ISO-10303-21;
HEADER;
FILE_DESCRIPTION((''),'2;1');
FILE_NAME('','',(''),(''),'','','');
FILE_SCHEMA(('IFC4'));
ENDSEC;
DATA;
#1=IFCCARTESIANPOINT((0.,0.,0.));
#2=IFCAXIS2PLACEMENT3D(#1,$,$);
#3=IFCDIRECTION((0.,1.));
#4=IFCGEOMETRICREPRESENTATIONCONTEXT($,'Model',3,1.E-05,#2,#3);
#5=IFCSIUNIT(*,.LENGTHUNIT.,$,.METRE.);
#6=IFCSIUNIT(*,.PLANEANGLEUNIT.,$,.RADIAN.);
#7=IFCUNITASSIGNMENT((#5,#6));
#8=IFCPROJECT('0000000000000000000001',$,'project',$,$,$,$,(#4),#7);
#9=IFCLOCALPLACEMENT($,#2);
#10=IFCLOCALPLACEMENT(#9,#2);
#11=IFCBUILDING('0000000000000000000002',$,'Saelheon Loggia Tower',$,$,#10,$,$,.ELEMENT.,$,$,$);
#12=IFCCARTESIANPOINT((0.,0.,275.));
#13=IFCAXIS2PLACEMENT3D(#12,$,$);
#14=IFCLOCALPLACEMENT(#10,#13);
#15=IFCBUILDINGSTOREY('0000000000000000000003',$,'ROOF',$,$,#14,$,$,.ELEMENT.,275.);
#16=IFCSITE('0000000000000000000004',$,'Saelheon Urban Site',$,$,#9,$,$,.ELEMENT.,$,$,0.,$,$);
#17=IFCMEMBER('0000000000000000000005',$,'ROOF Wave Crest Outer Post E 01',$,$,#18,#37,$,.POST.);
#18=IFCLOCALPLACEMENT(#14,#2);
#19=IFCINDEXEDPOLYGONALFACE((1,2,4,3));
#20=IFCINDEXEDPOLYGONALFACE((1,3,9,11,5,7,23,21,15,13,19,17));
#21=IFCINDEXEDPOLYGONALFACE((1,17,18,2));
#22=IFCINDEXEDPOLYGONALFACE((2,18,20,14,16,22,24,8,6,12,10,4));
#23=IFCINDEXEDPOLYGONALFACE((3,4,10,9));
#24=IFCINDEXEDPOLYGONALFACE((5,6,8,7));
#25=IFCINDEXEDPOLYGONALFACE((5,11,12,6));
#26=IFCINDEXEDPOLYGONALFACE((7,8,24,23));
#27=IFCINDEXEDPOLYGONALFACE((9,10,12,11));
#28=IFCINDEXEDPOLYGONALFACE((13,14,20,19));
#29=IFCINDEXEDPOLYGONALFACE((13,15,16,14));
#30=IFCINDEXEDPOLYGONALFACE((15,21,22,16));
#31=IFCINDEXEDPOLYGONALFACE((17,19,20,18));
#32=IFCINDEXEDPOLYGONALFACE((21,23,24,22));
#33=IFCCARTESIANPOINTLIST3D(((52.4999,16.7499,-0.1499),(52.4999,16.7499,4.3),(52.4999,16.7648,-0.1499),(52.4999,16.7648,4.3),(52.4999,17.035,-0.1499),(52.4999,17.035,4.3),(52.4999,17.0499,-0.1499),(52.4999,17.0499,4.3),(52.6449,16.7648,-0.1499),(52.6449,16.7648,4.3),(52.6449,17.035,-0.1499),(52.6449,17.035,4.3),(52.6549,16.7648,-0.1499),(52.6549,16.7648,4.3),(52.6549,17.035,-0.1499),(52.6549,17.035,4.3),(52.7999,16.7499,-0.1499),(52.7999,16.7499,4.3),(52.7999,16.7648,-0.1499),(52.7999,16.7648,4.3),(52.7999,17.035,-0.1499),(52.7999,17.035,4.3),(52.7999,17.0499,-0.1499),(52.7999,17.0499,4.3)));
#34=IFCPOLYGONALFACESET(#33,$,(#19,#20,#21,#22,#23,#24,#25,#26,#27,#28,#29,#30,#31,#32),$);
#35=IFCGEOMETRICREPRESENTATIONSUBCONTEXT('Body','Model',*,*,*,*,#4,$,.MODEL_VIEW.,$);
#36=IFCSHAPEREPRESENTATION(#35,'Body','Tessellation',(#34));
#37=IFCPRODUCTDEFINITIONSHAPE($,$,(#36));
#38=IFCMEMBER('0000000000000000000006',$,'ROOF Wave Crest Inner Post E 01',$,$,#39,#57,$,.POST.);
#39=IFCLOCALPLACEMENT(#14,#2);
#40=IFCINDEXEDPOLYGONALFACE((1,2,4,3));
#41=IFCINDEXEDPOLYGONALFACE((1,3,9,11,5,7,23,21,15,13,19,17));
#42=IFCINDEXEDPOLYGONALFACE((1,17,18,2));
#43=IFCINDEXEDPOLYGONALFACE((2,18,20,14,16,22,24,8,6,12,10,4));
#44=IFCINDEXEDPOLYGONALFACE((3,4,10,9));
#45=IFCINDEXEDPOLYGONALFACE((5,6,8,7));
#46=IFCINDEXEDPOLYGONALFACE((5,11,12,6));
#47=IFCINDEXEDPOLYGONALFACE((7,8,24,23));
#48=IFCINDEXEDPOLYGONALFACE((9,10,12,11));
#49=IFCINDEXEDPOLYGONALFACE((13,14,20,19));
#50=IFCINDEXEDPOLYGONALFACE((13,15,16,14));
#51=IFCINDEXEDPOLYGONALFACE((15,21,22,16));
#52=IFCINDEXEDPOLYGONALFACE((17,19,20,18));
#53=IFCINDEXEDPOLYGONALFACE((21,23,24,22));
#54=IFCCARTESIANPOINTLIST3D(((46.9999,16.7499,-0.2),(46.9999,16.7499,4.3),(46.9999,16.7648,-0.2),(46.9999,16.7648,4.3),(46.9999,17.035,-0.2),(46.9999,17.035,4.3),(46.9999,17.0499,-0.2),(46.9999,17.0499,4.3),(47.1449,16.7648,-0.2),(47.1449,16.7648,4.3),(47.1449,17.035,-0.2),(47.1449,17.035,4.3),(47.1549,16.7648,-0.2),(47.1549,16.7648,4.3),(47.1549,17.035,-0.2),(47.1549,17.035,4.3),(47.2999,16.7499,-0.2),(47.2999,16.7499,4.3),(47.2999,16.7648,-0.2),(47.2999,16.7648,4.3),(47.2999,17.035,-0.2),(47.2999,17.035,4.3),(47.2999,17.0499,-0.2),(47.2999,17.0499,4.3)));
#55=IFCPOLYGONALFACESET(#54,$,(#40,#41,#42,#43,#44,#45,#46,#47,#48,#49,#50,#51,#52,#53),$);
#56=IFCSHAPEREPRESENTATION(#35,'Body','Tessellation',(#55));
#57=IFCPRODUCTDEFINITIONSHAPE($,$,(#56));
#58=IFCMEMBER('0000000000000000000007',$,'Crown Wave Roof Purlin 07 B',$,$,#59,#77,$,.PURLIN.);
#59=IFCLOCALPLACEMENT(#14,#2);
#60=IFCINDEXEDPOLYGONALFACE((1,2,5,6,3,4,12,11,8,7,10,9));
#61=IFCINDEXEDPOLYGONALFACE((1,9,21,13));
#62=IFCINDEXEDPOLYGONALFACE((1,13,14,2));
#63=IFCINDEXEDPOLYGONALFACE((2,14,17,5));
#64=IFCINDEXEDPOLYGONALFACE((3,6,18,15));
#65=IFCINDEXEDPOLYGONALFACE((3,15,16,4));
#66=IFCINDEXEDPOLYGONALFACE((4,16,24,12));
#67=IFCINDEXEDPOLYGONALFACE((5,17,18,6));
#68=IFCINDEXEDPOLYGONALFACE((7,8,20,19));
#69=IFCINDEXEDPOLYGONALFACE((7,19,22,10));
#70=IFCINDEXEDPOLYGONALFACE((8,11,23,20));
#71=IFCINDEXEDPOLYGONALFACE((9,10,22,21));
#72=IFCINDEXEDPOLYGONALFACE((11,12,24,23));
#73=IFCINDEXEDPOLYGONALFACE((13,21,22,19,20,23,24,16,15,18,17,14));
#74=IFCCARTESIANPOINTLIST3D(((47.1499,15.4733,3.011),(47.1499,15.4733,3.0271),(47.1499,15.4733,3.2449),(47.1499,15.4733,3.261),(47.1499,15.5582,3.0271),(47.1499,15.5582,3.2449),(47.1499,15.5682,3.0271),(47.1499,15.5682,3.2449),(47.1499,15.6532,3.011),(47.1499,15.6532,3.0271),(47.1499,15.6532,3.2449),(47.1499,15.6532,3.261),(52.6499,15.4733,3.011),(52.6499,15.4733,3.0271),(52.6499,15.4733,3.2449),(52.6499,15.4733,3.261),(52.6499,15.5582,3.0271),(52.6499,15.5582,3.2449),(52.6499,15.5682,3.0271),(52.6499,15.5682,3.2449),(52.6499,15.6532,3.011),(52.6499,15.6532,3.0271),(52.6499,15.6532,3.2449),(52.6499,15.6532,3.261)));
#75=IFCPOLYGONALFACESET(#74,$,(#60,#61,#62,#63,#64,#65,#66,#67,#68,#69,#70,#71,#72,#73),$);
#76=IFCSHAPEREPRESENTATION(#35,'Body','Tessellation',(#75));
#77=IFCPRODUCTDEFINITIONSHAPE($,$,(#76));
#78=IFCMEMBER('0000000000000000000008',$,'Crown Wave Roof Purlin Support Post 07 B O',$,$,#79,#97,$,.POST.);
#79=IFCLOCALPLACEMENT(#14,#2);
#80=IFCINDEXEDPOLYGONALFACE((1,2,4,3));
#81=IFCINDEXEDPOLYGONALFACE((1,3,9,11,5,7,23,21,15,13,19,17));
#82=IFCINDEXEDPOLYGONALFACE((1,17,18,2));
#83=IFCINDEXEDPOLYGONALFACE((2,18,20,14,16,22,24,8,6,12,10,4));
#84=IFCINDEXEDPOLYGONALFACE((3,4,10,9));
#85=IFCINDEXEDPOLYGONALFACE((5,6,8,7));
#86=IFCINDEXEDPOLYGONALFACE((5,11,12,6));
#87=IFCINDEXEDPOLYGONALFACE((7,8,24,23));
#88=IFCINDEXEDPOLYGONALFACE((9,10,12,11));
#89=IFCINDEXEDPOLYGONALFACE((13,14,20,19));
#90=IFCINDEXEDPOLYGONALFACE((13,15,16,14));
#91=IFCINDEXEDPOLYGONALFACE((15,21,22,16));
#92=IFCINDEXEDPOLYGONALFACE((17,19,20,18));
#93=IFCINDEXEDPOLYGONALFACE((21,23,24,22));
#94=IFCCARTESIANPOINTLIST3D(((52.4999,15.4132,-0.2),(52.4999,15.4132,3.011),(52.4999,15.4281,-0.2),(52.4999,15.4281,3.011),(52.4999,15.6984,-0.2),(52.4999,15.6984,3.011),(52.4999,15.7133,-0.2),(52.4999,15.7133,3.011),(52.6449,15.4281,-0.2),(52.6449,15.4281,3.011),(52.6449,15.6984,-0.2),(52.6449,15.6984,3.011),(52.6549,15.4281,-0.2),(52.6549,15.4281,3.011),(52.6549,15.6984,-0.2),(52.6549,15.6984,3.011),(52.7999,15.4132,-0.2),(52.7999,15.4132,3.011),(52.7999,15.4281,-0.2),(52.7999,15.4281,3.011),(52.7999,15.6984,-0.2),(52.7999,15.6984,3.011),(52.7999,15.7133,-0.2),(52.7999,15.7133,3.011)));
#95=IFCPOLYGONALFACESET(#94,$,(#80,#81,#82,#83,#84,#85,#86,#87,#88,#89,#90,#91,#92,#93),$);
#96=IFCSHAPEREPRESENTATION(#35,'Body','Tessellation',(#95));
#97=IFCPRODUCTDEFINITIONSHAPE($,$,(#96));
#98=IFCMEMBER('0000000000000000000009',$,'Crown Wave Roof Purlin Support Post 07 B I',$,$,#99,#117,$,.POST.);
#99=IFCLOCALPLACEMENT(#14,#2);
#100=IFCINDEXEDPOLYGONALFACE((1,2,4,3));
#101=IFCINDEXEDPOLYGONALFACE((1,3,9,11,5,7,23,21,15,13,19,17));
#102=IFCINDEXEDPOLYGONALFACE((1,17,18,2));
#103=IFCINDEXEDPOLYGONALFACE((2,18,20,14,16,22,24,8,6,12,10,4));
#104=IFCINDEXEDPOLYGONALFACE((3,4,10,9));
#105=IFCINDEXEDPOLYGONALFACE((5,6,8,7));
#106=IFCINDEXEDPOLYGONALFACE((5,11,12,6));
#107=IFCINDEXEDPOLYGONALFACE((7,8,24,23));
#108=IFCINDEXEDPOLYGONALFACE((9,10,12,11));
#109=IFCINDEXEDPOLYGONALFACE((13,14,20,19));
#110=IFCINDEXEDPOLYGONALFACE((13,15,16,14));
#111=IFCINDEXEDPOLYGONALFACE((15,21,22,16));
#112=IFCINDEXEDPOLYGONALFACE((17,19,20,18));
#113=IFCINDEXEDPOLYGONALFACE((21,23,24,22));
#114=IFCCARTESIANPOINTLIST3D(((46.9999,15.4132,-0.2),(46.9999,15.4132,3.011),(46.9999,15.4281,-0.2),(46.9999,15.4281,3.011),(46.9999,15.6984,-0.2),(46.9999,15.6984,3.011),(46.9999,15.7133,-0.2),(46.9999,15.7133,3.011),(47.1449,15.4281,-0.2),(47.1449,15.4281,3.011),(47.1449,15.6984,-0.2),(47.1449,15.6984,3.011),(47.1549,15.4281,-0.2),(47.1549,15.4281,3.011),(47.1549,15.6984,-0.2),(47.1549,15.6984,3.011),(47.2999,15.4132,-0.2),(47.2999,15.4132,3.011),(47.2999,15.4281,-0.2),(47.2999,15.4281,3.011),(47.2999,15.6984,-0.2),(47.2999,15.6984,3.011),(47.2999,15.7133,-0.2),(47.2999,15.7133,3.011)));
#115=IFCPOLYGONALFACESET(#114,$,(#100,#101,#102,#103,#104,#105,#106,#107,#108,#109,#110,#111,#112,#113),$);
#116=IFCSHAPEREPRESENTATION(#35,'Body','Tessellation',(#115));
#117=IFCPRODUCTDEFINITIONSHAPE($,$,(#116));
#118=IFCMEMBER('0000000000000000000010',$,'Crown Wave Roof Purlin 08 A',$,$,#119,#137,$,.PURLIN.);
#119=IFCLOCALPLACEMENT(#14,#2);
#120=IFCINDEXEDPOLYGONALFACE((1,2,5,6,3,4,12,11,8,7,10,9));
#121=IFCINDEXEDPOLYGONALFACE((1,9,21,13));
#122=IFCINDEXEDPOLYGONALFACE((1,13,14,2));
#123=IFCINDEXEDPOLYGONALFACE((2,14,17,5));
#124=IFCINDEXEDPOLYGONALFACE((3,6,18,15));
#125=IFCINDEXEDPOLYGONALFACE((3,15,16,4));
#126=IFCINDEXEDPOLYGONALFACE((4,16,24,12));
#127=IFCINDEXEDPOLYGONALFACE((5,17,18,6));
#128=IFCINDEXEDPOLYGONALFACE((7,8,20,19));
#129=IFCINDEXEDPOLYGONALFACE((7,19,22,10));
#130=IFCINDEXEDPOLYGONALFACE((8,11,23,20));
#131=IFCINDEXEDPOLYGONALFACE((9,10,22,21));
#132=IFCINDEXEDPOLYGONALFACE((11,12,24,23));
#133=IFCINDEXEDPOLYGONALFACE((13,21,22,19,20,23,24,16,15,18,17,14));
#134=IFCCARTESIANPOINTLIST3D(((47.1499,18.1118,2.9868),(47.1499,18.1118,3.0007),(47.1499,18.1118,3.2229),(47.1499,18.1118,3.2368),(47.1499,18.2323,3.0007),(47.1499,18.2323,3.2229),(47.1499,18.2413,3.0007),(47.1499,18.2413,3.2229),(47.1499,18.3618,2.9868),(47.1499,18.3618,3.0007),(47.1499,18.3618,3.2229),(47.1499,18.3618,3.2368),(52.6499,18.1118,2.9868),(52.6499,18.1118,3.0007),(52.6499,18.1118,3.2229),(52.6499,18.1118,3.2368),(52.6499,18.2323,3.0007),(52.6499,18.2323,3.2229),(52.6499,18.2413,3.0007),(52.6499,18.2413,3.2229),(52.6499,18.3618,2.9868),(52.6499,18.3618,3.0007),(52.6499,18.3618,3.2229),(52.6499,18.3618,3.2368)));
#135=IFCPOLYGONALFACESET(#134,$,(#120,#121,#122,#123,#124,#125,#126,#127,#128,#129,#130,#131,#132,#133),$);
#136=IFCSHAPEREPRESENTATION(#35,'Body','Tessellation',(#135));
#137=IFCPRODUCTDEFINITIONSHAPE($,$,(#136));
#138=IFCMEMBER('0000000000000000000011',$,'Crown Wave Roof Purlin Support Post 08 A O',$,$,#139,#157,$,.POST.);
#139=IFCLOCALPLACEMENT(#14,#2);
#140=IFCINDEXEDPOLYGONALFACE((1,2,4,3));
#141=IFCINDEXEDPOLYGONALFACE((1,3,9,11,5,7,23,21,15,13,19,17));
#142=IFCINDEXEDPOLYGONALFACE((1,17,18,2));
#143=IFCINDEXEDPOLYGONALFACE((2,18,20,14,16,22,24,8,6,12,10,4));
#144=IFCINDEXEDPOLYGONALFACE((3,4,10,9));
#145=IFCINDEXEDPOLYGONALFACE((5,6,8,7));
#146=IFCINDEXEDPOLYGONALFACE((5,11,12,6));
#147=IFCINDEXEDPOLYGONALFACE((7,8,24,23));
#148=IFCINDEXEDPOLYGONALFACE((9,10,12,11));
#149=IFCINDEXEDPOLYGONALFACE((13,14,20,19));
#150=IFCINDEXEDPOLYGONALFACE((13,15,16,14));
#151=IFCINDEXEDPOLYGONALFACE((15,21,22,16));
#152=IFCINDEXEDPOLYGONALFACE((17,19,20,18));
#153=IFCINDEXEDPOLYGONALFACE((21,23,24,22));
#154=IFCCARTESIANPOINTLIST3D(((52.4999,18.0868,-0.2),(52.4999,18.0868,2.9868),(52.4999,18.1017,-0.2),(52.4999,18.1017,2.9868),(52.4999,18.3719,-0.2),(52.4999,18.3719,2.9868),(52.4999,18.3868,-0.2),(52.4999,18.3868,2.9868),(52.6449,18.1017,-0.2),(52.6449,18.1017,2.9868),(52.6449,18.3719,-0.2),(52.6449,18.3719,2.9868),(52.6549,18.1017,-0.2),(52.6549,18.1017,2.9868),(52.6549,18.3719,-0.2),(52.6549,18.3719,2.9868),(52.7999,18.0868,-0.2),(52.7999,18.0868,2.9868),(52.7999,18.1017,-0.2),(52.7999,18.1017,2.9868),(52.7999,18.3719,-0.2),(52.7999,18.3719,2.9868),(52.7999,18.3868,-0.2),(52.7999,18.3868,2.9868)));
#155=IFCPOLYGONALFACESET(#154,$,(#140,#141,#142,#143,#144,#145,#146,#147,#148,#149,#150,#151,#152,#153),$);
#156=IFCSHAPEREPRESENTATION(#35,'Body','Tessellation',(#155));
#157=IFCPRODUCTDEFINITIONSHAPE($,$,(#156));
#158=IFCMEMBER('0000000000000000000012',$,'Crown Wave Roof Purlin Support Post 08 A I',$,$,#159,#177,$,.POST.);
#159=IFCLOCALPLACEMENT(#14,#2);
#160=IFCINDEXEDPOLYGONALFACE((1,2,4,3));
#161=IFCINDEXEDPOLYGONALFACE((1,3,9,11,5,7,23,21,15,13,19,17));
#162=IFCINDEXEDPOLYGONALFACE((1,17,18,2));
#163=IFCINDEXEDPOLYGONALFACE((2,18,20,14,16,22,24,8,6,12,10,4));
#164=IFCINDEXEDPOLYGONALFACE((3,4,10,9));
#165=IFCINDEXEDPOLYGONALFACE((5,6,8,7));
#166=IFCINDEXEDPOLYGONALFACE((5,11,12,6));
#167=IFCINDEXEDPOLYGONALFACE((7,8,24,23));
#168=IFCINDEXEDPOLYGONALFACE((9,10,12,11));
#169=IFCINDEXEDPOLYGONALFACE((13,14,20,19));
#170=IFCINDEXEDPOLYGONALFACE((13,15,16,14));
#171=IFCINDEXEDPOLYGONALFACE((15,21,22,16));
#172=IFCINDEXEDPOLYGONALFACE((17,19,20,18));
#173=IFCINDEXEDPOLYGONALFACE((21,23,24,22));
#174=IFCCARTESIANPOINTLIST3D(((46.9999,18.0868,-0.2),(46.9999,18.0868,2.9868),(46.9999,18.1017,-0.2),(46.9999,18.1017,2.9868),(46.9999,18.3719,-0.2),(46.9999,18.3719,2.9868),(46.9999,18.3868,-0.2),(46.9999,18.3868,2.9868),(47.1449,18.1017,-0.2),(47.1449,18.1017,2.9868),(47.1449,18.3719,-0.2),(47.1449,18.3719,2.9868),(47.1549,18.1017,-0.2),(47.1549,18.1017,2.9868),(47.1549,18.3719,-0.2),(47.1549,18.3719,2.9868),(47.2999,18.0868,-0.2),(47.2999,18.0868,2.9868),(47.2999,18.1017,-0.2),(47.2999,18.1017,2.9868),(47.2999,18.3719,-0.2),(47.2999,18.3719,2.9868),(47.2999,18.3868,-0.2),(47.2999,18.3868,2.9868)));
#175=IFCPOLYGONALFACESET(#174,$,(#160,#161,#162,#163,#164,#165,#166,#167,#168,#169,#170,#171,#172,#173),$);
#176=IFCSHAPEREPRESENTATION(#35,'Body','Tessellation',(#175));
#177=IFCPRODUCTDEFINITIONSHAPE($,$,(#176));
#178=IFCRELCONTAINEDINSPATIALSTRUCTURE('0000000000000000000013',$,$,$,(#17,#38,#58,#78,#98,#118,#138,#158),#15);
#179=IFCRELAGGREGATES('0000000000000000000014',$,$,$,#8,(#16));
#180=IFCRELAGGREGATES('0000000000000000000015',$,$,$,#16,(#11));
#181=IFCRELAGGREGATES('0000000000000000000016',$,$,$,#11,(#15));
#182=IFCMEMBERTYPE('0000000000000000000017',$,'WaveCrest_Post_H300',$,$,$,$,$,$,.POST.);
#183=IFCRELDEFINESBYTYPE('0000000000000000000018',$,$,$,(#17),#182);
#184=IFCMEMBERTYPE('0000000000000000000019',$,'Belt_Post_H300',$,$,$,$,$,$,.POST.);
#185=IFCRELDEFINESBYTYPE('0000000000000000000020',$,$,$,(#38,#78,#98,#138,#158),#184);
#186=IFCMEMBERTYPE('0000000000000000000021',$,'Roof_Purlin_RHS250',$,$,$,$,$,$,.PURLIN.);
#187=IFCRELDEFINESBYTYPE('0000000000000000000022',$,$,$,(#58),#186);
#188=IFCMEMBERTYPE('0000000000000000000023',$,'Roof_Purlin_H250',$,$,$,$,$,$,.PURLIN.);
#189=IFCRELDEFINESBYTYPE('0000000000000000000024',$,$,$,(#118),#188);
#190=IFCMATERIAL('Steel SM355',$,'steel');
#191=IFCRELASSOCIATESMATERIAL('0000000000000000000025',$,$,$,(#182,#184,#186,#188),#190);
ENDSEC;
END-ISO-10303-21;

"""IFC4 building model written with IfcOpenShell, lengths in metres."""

from ifc_helpers import new_model, si_unit, direction, frame, origin, origin_2d, place, context, subcontext, project, spatial, i_section, extrude, source, transform, mapped, material, material_profile, profile_set, type_object, element, save


model = new_model("IFC4")

# Units and contexts
model_context = context("Model", 3, precision=1e-05, world=origin(), true_north=direction((0.0, 1.0)))
body_context = subcontext(model_context, "Body", "Model", "MODEL_VIEW")
ifc_project = project(units=[si_unit("LENGTHUNIT", "METRE"), si_unit("PLANEANGLEUNIT", "RADIAN")], contexts=[model_context])

# Site, building, storey
site_placement = place(None, origin())
site = spatial("IfcSite", under=ifc_project, at=site_placement, Name="Saelheon Urban Site", CompositionType="ELEMENT", RefElevation=0.0)
building_placement = place(site_placement, origin())
building = spatial("IfcBuilding", under=site, at=building_placement, Name="Saelheon Loggia Tower", CompositionType="ELEMENT")
storey_placement = place(building_placement, frame((0.0, 0.0, 275.0)))
storey = spatial("IfcBuildingStorey", under=building, at=storey_placement, Name="ROOF", CompositionType="ELEMENT", Elevation=275.0)

# Members
ifc_material_1 = material(Name="Steel SM355", Category="steel")
ifc_material_profile_1 = material_profile(ifc_material_1, i_section(OverallWidth=0.3, OverallDepth=0.3, WebThickness=0.01, FlangeThickness=0.0149, at=origin_2d()), Name="H-300x300x10x15")
ifc_profile_set_1 = profile_set([ifc_material_profile_1], Name="Steel SM355")
member_type_1 = type_object("IfcMemberType", Name="WaveCrest_Post_H300", PredefinedType="POST", material=ifc_profile_set_1)
shared_shape_1 = source(origin(), body_context, "Body", "SweptSolid", [
    extrude(i_section(OverallWidth=0.3, OverallDepth=0.3, WebThickness=0.01, FlangeThickness=0.0149, at=origin_2d()), origin(), (0.0, 0.0, 1.0), 4.45),
])
member_1_placement = place(storey_placement, frame((52.6499, 16.8999, -0.1499), z_axis=(0.0, 0.0, 1.0), x_axis=(1.0, 0.0, 0.0)))
element("IfcMember", 1, at=member_1_placement, inside=storey, type_object=member_type_1, Name="ROOF Wave Crest Outer Post E 01", PredefinedType="POST", context=body_context, shape_type="MappedRepresentation", body=[
    mapped(shared_shape_1, transform((0.0, 0.0, 0.0), scale=1.0)),
])
ifc_material_profile_2 = material_profile(ifc_material_1, i_section(OverallWidth=0.3, OverallDepth=0.3, WebThickness=0.01, FlangeThickness=0.0149, at=origin_2d()), Name="H-300x300x10x15")
ifc_profile_set_2 = profile_set([ifc_material_profile_2], Name="Steel SM355")
member_type_2 = type_object("IfcMemberType", Name="Belt_Post_H300", PredefinedType="POST", material=ifc_profile_set_2)
shared_shape_2 = source(origin(), body_context, "Body", "SweptSolid", [
    extrude(i_section(OverallWidth=0.3, OverallDepth=0.3, WebThickness=0.01, FlangeThickness=0.0149, at=origin_2d()), origin(), (0.0, 0.0, 1.0), 4.5),
])
member_2_placement = place(storey_placement, frame((47.1499, 16.8999, -0.2), z_axis=(0.0, 0.0, 1.0), x_axis=(1.0, 0.0, 0.0)))
element("IfcMember", 2, at=member_2_placement, inside=storey, type_object=member_type_2, Name="ROOF Wave Crest Inner Post E 01", PredefinedType="POST", context=body_context, shape_type="MappedRepresentation", body=[
    mapped(shared_shape_2, transform((0.0, 0.0, 0.0), scale=1.0)),
])
ifc_material_profile_3 = material_profile(ifc_material_1, i_section(OverallWidth=0.1799, OverallDepth=0.25, WebThickness=0.01, FlangeThickness=0.0161, at=origin_2d()), Name="H-250x180x10x16")
ifc_profile_set_3 = profile_set([ifc_material_profile_3], Name="Steel SM355")
member_type_3 = type_object("IfcMemberType", Name="Roof_Purlin_RHS250", PredefinedType="PURLIN", material=ifc_profile_set_3)
shared_shape_3 = source(origin(), body_context, "Body", "SweptSolid", [
    extrude(i_section(OverallWidth=0.1799, OverallDepth=0.25, WebThickness=0.01, FlangeThickness=0.0161, at=origin_2d()), origin(), (0.0, 0.0, 1.0), 5.5),
])
member_3_placement = place(storey_placement, frame((52.6499, 15.5632, 3.136), z_axis=(-1.0, 0.0, 0.0), x_axis=(0.0, -1.0, 0.0)))
element("IfcMember", 3, at=member_3_placement, inside=storey, type_object=member_type_3, Name="Crown Wave Roof Purlin 07 B", PredefinedType="PURLIN", context=body_context, shape_type="MappedRepresentation", body=[
    mapped(shared_shape_3, transform((0.0, 0.0, 0.0), scale=1.0)),
])
shared_shape_4 = source(origin(), body_context, "Body", "SweptSolid", [
    extrude(i_section(OverallWidth=0.3, OverallDepth=0.3, WebThickness=0.01, FlangeThickness=0.0149, at=origin_2d()), origin(), (0.0, 0.0, 1.0), 3.2109),
])
for number, where, z_axis, x_axis, name in (
    (4, (52.6499, 15.5632, -0.2), (0.0, 0.0, 1.0), (1.0, 0.0, 0.0), "Crown Wave Roof Purlin Support Post 07 B O"),
    (5, (47.1499, 15.5632, -0.2), (0.0, 0.0, 1.0), (1.0, 0.0, 0.0), "Crown Wave Roof Purlin Support Post 07 B I"),
):
    element("IfcMember", number, at=place(storey_placement, frame(where, z_axis=z_axis, x_axis=x_axis)), inside=storey, type_object=member_type_2, Name=name, PredefinedType="POST", context=body_context, shape_type="MappedRepresentation", body=[
        mapped(shared_shape_4, transform((0.0, 0.0, 0.0), scale=1.0)),
    ])
ifc_material_profile_4 = material_profile(ifc_material_1, i_section(OverallWidth=0.25, OverallDepth=0.25, WebThickness=0.009, FlangeThickness=0.0139, at=origin_2d()), Name="H-250x250x9x14")
ifc_profile_set_4 = profile_set([ifc_material_profile_4], Name="Steel SM355")
member_type_4 = type_object("IfcMemberType", Name="Roof_Purlin_H250", PredefinedType="PURLIN", material=ifc_profile_set_4)
shared_shape_5 = source(origin(), body_context, "Body", "SweptSolid", [
    extrude(i_section(OverallWidth=0.25, OverallDepth=0.25, WebThickness=0.009, FlangeThickness=0.0139, at=origin_2d()), origin(), (0.0, 0.0, 1.0), 5.5),
])
member_4_placement = place(storey_placement, frame((52.6499, 18.2368, 3.1118), z_axis=(-1.0, 0.0, 0.0), x_axis=(0.0, -1.0, 0.0)))
element("IfcMember", 6, at=member_4_placement, inside=storey, type_object=member_type_4, Name="Crown Wave Roof Purlin 08 A", PredefinedType="PURLIN", context=body_context, shape_type="MappedRepresentation", body=[
    mapped(shared_shape_5, transform((0.0, 0.0, 0.0), scale=1.0)),
])
shared_shape_6 = source(origin(), body_context, "Body", "SweptSolid", [
    extrude(i_section(OverallWidth=0.3, OverallDepth=0.3, WebThickness=0.01, FlangeThickness=0.0149, at=origin_2d()), origin(), (0.0, 0.0, 1.0), 3.1868),
])
for number, where, z_axis, x_axis, name in (
    (7, (52.6499, 18.2368, -0.2), (0.0, 0.0, 1.0), (1.0, 0.0, 0.0), "Crown Wave Roof Purlin Support Post 08 A O"),
    (8, (47.1499, 18.2368, -0.2), (0.0, 0.0, 1.0), (1.0, 0.0, 0.0), "Crown Wave Roof Purlin Support Post 08 A I"),
):
    element("IfcMember", number, at=place(storey_placement, frame(where, z_axis=z_axis, x_axis=x_axis)), inside=storey, type_object=member_type_2, Name=name, PredefinedType="POST", context=body_context, shape_type="MappedRepresentation", body=[
        mapped(shared_shape_6, transform((0.0, 0.0, 0.0), scale=1.0)),
    ])

save(model, "model.ifc")
